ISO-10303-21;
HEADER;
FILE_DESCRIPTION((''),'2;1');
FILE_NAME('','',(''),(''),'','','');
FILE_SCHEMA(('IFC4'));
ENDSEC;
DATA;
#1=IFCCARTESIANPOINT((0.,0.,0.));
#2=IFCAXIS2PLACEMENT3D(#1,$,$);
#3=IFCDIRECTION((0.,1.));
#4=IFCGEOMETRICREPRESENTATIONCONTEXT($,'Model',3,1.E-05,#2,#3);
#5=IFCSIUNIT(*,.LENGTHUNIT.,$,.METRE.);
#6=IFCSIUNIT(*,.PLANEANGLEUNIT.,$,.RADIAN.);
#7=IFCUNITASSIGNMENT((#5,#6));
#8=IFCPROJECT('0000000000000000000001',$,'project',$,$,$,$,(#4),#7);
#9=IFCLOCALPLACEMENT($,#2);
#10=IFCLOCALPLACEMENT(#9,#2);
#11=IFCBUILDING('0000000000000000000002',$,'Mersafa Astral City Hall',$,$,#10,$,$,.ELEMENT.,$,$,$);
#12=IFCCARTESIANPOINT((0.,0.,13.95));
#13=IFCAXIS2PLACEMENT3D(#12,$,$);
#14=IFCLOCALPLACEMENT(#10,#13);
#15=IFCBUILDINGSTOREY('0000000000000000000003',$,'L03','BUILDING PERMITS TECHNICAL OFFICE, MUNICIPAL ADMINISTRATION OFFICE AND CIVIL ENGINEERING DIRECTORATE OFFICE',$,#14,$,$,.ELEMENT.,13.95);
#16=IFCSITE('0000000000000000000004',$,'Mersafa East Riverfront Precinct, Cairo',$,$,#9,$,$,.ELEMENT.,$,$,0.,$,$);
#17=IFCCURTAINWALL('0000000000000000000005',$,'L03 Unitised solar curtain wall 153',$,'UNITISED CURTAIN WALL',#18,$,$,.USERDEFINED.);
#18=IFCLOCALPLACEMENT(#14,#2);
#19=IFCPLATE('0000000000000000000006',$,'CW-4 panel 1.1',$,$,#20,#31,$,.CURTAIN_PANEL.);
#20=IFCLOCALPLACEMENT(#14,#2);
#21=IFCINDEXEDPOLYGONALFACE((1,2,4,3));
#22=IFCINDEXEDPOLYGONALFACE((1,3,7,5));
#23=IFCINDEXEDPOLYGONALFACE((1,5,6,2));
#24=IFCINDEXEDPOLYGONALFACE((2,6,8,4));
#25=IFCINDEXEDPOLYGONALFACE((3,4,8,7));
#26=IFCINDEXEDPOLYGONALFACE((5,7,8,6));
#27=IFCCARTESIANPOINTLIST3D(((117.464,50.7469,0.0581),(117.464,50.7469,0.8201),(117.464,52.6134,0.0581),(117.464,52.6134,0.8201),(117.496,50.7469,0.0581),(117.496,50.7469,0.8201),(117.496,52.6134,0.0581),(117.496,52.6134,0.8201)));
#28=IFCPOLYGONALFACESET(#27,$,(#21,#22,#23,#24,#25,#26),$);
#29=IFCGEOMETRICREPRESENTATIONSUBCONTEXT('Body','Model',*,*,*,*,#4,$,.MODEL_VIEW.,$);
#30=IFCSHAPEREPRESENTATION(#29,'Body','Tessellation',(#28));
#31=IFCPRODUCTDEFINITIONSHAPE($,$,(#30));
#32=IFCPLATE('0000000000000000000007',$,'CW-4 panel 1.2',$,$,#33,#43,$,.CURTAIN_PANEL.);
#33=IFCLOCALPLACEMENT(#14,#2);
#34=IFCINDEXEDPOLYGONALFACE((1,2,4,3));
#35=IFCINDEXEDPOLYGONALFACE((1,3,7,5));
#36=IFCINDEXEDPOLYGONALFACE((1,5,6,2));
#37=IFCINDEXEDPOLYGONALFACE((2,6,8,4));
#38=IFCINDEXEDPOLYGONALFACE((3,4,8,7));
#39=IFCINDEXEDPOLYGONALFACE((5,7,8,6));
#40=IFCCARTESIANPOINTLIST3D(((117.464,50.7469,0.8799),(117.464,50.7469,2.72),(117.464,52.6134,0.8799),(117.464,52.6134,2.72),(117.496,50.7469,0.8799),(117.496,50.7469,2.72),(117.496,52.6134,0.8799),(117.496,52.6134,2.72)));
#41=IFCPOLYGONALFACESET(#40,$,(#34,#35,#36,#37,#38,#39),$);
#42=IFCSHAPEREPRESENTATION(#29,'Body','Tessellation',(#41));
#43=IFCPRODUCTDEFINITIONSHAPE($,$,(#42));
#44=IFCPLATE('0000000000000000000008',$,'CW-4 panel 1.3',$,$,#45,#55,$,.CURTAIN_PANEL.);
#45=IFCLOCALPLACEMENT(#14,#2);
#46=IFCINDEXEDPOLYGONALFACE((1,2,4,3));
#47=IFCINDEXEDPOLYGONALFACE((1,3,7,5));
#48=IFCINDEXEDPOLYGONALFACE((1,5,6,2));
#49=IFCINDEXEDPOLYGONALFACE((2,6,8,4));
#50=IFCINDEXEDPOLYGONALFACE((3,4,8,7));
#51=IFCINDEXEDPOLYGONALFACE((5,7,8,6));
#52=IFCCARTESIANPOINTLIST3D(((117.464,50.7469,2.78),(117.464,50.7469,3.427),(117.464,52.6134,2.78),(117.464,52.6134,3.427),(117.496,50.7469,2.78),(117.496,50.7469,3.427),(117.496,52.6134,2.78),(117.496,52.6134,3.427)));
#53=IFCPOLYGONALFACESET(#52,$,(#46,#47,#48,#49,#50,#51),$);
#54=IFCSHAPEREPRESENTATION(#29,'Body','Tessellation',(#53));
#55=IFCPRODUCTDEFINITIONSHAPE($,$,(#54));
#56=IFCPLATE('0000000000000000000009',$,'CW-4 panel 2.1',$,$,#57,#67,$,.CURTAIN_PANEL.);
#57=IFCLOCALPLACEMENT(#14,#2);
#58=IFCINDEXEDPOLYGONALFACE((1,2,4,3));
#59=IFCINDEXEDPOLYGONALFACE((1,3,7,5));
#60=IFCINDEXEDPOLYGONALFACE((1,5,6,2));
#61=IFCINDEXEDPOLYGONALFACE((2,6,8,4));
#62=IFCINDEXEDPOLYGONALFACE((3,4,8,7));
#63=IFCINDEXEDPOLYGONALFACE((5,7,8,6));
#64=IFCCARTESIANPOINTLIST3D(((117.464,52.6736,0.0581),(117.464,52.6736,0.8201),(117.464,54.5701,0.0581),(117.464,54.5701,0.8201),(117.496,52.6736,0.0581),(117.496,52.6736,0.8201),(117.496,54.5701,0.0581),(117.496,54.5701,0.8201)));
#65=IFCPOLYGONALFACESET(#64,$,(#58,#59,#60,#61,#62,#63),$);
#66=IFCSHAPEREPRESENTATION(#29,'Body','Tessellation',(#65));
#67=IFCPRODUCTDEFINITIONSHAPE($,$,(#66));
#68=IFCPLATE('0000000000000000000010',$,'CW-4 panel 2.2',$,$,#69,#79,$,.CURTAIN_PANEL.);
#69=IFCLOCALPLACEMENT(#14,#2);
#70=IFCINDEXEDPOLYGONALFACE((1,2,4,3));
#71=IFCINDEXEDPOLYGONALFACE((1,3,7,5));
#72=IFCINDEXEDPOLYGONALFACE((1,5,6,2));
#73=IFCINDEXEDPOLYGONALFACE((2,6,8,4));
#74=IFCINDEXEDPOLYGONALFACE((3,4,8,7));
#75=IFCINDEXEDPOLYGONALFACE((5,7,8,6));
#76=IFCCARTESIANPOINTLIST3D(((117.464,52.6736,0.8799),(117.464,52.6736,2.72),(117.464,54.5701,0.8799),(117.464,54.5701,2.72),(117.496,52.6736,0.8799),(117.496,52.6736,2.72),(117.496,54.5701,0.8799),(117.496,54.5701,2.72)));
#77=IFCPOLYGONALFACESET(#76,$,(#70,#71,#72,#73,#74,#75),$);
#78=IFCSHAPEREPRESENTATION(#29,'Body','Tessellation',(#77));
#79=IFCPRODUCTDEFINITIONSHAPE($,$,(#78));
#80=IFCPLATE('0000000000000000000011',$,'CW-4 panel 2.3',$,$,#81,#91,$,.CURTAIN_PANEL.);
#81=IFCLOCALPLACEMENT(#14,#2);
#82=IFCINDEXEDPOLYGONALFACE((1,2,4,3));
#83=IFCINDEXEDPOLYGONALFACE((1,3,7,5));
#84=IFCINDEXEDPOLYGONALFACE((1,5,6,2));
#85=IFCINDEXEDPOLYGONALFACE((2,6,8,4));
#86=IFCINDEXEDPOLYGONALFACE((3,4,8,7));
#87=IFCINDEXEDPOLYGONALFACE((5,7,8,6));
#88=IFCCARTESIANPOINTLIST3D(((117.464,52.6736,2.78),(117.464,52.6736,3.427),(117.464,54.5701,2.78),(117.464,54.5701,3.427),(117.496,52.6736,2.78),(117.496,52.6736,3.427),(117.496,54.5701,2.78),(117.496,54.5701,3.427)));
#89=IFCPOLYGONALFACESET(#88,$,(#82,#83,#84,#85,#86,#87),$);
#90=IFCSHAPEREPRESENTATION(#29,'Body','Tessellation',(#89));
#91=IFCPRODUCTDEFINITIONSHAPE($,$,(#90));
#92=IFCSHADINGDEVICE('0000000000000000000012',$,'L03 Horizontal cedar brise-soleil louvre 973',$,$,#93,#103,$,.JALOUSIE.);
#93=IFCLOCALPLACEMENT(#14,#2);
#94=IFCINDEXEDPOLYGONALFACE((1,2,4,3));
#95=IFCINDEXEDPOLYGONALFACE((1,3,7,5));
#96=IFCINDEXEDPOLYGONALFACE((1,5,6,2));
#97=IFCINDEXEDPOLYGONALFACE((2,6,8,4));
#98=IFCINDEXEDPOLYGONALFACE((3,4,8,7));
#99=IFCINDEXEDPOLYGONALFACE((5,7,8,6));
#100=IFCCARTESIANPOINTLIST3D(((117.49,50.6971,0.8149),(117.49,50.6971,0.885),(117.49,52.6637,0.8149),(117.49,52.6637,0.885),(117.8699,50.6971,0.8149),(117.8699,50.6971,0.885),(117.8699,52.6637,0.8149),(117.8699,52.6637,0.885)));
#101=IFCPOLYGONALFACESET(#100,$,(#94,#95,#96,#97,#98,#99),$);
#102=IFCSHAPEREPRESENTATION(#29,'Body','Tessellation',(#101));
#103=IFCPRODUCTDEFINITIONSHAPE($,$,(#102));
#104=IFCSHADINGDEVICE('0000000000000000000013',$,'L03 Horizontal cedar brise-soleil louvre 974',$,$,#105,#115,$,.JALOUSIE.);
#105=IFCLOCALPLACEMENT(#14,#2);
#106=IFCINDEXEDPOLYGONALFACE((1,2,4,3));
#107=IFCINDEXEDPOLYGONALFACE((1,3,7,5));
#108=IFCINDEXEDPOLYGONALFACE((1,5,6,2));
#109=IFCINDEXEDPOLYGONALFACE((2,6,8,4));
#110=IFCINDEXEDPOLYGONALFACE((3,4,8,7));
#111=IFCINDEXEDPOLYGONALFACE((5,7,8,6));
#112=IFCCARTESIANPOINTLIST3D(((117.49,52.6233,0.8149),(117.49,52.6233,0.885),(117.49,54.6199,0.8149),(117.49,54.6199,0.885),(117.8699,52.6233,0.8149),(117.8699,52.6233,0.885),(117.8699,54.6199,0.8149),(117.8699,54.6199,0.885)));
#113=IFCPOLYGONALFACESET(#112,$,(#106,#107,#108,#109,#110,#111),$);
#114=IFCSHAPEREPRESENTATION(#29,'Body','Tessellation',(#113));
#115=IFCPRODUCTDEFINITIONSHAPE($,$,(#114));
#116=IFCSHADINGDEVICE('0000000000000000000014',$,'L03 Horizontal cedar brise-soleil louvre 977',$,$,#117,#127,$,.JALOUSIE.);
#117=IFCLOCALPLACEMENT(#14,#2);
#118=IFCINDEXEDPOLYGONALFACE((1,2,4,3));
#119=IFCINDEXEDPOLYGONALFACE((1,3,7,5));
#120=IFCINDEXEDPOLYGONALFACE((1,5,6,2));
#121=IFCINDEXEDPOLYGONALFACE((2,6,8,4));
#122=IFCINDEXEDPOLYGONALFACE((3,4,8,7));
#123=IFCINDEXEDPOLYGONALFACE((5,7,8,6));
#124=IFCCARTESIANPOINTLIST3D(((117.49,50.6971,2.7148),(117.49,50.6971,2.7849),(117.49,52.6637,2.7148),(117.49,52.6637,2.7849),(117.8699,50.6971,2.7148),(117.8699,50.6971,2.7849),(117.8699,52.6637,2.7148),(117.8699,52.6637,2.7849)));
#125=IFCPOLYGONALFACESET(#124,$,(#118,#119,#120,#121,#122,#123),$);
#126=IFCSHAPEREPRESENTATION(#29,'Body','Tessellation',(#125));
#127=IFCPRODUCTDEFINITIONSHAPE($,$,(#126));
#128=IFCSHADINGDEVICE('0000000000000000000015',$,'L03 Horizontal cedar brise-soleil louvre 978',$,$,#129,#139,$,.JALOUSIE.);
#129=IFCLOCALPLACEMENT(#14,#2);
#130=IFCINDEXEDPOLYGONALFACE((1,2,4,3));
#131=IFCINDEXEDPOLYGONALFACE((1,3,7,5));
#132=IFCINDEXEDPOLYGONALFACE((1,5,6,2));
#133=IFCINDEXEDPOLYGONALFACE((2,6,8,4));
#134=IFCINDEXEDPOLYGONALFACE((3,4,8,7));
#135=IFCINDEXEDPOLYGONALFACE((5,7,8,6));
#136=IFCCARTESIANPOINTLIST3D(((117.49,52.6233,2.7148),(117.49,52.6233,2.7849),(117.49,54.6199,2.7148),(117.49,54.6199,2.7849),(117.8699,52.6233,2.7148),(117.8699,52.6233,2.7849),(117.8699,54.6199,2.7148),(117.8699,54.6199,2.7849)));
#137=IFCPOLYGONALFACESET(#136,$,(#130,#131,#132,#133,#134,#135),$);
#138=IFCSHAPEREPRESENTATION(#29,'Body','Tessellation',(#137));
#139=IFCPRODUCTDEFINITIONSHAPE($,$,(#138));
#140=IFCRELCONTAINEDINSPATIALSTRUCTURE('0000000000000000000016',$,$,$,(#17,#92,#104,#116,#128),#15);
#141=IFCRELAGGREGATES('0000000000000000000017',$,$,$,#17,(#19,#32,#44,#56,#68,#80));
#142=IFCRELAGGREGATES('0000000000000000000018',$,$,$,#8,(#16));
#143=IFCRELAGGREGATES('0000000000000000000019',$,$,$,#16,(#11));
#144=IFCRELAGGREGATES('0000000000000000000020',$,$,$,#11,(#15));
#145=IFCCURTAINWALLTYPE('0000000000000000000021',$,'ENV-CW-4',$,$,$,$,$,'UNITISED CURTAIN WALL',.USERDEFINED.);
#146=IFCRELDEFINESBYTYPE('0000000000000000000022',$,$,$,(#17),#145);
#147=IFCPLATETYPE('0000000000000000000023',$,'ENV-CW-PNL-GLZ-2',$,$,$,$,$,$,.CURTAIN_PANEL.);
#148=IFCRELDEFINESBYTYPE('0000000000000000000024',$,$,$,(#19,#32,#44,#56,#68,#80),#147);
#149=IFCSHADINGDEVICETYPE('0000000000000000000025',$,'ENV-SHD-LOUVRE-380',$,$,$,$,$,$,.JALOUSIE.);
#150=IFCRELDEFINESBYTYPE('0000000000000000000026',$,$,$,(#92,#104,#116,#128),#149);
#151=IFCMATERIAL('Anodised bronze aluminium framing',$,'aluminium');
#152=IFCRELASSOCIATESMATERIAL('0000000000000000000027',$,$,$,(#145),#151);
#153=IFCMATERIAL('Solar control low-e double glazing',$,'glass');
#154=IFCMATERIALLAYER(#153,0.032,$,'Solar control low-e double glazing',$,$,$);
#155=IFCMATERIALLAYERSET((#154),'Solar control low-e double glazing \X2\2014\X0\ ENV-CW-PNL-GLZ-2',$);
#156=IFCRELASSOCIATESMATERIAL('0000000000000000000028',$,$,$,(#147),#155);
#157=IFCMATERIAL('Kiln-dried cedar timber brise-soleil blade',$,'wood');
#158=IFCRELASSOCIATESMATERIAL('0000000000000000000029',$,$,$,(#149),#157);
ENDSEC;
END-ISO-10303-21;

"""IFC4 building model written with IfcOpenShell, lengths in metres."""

from ifc_helpers import new_model, si_unit, direction, frame, origin, origin_2d, place, context, subcontext, project, spatial, rectangle, extrude, material, layer, layer_set, type_object, element, aggregate, save


model = new_model("IFC4")

# Units and contexts
model_context = context("Model", 3, precision=1e-05, world=origin(), true_north=direction((0.0, 1.0)))
body_context = subcontext(model_context, "Body", "Model", "MODEL_VIEW")
ifc_project = project(units=[si_unit("LENGTHUNIT", "METRE"), si_unit("PLANEANGLEUNIT", "RADIAN")], contexts=[model_context])

# Site, building, storey
site_placement = place(None, origin())
site = spatial("IfcSite", under=ifc_project, at=site_placement, Name="Mersafa East Riverfront Precinct, Cairo", CompositionType="ELEMENT", RefElevation=0.0)
building_placement = place(site_placement, origin())
building = spatial("IfcBuilding", under=site, at=building_placement, Name="Mersafa Astral City Hall", CompositionType="ELEMENT")
storey_placement = place(building_placement, frame((0.0, 0.0, 13.95)))
storey = spatial("IfcBuildingStorey", under=building, at=storey_placement, Name="L03", Description="BUILDING PERMITS TECHNICAL OFFICE, MUNICIPAL ADMINISTRATION OFFICE AND CIVIL ENGINEERING DIRECTORATE OFFICE", CompositionType="ELEMENT", Elevation=13.95)

# Curtain wall, plates
ifc_material_1 = material(Name="Anodised bronze aluminium framing", Category="aluminium")
curtain_wall_type = type_object("IfcCurtainWallType", Name="ENV-CW-4", ElementType="UNITISED CURTAIN WALL", PredefinedType="USERDEFINED", material=ifc_material_1)
curtain_wall_placement = place(storey_placement, origin())
curtain_wall = element("IfcCurtainWall", 1, at=curtain_wall_placement, inside=storey, type_object=curtain_wall_type, Name="L03 Unitised solar curtain wall 153", ObjectType="UNITISED CURTAIN WALL", PredefinedType="USERDEFINED")
ifc_material_2 = material(Name="Solar control low-e double glazing", Category="glass")
ifc_layer = layer(ifc_material_2, 0.032, Name="Solar control low-e double glazing")
ifc_layer_set = layer_set([ifc_layer], Name="Solar control low-e double glazing — ENV-CW-PNL-GLZ-2")
plate_type = type_object("IfcPlateType", Name="ENV-CW-PNL-GLZ-2", PredefinedType="CURTAIN_PANEL", material=ifc_layer_set)
plate_1_placement = place(storey_placement, frame((117.48, 51.6802, 0.0581), z_axis=(0.0, 0.0, 1.0), x_axis=(0.0, 1.0, 0.0)))
plate_1 = element("IfcPlate", 2, at=plate_1_placement, type_object=plate_type, Name="CW-4 panel 1.1", PredefinedType="CURTAIN_PANEL", context=body_context, shape_type="SweptSolid", body=[
    extrude(rectangle(XDim=1.8665, YDim=0.032, at=origin_2d()), origin(), (0.0, 0.0, 1.0), 0.762),
])
plate_2_placement = place(storey_placement, frame((117.48, 51.6802, 0.8799), z_axis=(0.0, 0.0, 1.0), x_axis=(0.0, 1.0, 0.0)))
plate_2 = element("IfcPlate", 3, at=plate_2_placement, type_object=plate_type, Name="CW-4 panel 1.2", PredefinedType="CURTAIN_PANEL", context=body_context, shape_type="SweptSolid", body=[
    extrude(rectangle(XDim=1.8665, YDim=0.032, at=origin_2d()), origin(), (0.0, 0.0, 1.0), 1.8401),
])
plate_3_placement = place(storey_placement, frame((117.48, 51.6802, 2.78), z_axis=(0.0, 0.0, 1.0), x_axis=(0.0, 1.0, 0.0)))
plate_3 = element("IfcPlate", 4, at=plate_3_placement, type_object=plate_type, Name="CW-4 panel 1.3", PredefinedType="CURTAIN_PANEL", context=body_context, shape_type="SweptSolid", body=[
    extrude(rectangle(XDim=1.8665, YDim=0.032, at=origin_2d()), origin(), (0.0, 0.0, 1.0), 0.647),
])
plate_4_placement = place(storey_placement, frame((117.48, 53.6218, 0.0581), z_axis=(0.0, 0.0, 1.0), x_axis=(0.0, 1.0, 0.0)))
plate_4 = element("IfcPlate", 5, at=plate_4_placement, type_object=plate_type, Name="CW-4 panel 2.1", PredefinedType="CURTAIN_PANEL", context=body_context, shape_type="SweptSolid", body=[
    extrude(rectangle(XDim=1.8965, YDim=0.032, at=origin_2d()), origin(), (0.0, 0.0, 1.0), 0.762),
])
plate_5_placement = place(storey_placement, frame((117.48, 53.6218, 0.8799), z_axis=(0.0, 0.0, 1.0), x_axis=(0.0, 1.0, 0.0)))
plate_5 = element("IfcPlate", 6, at=plate_5_placement, type_object=plate_type, Name="CW-4 panel 2.2", PredefinedType="CURTAIN_PANEL", context=body_context, shape_type="SweptSolid", body=[
    extrude(rectangle(XDim=1.8965, YDim=0.032, at=origin_2d()), origin(), (0.0, 0.0, 1.0), 1.8401),
])
plate_6_placement = place(storey_placement, frame((117.48, 53.6218, 2.78), z_axis=(0.0, 0.0, 1.0), x_axis=(0.0, 1.0, 0.0)))
plate_6 = element("IfcPlate", 7, at=plate_6_placement, type_object=plate_type, Name="CW-4 panel 2.3", PredefinedType="CURTAIN_PANEL", context=body_context, shape_type="SweptSolid", body=[
    extrude(rectangle(XDim=1.8965, YDim=0.032, at=origin_2d()), origin(), (0.0, 0.0, 1.0), 0.647),
])
aggregate(curtain_wall, [plate_1, plate_2, plate_3, plate_4, plate_5, plate_6])

# Shading devices
ifc_material_3 = material(Name="Kiln-dried cedar timber brise-soleil blade", Category="wood")
shading_device_type = type_object("IfcShadingDeviceType", Name="ENV-SHD-LOUVRE-380", PredefinedType="JALOUSIE", material=ifc_material_3)
shading_device_1_placement = place(storey_placement, frame((117.6799, 51.6804, 0.8149), z_axis=(0.0, 0.0, 1.0), x_axis=(0.0, 1.0, 0.0)))
element("IfcShadingDevice", 8, at=shading_device_1_placement, inside=storey, type_object=shading_device_type, Name="L03 Horizontal cedar brise-soleil louvre 973", PredefinedType="JALOUSIE", context=body_context, shape_type="SweptSolid", body=[
    extrude(rectangle(XDim=1.9666, YDim=0.3799, at=origin_2d()), origin(), (0.0, 0.0, 1.0), 0.0701),
])
shading_device_2_placement = place(storey_placement, frame((117.6799, 53.6216, 0.8149), z_axis=(0.0, 0.0, 1.0), x_axis=(0.0, 1.0, 0.0)))
element("IfcShadingDevice", 9, at=shading_device_2_placement, inside=storey, type_object=shading_device_type, Name="L03 Horizontal cedar brise-soleil louvre 974", PredefinedType="JALOUSIE", context=body_context, shape_type="SweptSolid", body=[
    extrude(rectangle(XDim=1.9966, YDim=0.3799, at=origin_2d()), origin(), (0.0, 0.0, 1.0), 0.0701),
])
shading_device_3_placement = place(storey_placement, frame((117.6799, 51.6804, 2.7148), z_axis=(0.0, 0.0, 1.0), x_axis=(0.0, 1.0, 0.0)))
element("IfcShadingDevice", 10, at=shading_device_3_placement, inside=storey, type_object=shading_device_type, Name="L03 Horizontal cedar brise-soleil louvre 977", PredefinedType="JALOUSIE", context=body_context, shape_type="SweptSolid", body=[
    extrude(rectangle(XDim=1.9666, YDim=0.3799, at=origin_2d()), origin(), (0.0, 0.0, 1.0), 0.0701),
])
shading_device_4_placement = place(storey_placement, frame((117.6799, 53.6216, 2.7148), z_axis=(0.0, 0.0, 1.0), x_axis=(0.0, 1.0, 0.0)))
element("IfcShadingDevice", 11, at=shading_device_4_placement, inside=storey, type_object=shading_device_type, Name="L03 Horizontal cedar brise-soleil louvre 978", PredefinedType="JALOUSIE", context=body_context, shape_type="SweptSolid", body=[
    extrude(rectangle(XDim=1.9966, YDim=0.3799, at=origin_2d()), origin(), (0.0, 0.0, 1.0), 0.0701),
])

save(model, "model.ifc")
